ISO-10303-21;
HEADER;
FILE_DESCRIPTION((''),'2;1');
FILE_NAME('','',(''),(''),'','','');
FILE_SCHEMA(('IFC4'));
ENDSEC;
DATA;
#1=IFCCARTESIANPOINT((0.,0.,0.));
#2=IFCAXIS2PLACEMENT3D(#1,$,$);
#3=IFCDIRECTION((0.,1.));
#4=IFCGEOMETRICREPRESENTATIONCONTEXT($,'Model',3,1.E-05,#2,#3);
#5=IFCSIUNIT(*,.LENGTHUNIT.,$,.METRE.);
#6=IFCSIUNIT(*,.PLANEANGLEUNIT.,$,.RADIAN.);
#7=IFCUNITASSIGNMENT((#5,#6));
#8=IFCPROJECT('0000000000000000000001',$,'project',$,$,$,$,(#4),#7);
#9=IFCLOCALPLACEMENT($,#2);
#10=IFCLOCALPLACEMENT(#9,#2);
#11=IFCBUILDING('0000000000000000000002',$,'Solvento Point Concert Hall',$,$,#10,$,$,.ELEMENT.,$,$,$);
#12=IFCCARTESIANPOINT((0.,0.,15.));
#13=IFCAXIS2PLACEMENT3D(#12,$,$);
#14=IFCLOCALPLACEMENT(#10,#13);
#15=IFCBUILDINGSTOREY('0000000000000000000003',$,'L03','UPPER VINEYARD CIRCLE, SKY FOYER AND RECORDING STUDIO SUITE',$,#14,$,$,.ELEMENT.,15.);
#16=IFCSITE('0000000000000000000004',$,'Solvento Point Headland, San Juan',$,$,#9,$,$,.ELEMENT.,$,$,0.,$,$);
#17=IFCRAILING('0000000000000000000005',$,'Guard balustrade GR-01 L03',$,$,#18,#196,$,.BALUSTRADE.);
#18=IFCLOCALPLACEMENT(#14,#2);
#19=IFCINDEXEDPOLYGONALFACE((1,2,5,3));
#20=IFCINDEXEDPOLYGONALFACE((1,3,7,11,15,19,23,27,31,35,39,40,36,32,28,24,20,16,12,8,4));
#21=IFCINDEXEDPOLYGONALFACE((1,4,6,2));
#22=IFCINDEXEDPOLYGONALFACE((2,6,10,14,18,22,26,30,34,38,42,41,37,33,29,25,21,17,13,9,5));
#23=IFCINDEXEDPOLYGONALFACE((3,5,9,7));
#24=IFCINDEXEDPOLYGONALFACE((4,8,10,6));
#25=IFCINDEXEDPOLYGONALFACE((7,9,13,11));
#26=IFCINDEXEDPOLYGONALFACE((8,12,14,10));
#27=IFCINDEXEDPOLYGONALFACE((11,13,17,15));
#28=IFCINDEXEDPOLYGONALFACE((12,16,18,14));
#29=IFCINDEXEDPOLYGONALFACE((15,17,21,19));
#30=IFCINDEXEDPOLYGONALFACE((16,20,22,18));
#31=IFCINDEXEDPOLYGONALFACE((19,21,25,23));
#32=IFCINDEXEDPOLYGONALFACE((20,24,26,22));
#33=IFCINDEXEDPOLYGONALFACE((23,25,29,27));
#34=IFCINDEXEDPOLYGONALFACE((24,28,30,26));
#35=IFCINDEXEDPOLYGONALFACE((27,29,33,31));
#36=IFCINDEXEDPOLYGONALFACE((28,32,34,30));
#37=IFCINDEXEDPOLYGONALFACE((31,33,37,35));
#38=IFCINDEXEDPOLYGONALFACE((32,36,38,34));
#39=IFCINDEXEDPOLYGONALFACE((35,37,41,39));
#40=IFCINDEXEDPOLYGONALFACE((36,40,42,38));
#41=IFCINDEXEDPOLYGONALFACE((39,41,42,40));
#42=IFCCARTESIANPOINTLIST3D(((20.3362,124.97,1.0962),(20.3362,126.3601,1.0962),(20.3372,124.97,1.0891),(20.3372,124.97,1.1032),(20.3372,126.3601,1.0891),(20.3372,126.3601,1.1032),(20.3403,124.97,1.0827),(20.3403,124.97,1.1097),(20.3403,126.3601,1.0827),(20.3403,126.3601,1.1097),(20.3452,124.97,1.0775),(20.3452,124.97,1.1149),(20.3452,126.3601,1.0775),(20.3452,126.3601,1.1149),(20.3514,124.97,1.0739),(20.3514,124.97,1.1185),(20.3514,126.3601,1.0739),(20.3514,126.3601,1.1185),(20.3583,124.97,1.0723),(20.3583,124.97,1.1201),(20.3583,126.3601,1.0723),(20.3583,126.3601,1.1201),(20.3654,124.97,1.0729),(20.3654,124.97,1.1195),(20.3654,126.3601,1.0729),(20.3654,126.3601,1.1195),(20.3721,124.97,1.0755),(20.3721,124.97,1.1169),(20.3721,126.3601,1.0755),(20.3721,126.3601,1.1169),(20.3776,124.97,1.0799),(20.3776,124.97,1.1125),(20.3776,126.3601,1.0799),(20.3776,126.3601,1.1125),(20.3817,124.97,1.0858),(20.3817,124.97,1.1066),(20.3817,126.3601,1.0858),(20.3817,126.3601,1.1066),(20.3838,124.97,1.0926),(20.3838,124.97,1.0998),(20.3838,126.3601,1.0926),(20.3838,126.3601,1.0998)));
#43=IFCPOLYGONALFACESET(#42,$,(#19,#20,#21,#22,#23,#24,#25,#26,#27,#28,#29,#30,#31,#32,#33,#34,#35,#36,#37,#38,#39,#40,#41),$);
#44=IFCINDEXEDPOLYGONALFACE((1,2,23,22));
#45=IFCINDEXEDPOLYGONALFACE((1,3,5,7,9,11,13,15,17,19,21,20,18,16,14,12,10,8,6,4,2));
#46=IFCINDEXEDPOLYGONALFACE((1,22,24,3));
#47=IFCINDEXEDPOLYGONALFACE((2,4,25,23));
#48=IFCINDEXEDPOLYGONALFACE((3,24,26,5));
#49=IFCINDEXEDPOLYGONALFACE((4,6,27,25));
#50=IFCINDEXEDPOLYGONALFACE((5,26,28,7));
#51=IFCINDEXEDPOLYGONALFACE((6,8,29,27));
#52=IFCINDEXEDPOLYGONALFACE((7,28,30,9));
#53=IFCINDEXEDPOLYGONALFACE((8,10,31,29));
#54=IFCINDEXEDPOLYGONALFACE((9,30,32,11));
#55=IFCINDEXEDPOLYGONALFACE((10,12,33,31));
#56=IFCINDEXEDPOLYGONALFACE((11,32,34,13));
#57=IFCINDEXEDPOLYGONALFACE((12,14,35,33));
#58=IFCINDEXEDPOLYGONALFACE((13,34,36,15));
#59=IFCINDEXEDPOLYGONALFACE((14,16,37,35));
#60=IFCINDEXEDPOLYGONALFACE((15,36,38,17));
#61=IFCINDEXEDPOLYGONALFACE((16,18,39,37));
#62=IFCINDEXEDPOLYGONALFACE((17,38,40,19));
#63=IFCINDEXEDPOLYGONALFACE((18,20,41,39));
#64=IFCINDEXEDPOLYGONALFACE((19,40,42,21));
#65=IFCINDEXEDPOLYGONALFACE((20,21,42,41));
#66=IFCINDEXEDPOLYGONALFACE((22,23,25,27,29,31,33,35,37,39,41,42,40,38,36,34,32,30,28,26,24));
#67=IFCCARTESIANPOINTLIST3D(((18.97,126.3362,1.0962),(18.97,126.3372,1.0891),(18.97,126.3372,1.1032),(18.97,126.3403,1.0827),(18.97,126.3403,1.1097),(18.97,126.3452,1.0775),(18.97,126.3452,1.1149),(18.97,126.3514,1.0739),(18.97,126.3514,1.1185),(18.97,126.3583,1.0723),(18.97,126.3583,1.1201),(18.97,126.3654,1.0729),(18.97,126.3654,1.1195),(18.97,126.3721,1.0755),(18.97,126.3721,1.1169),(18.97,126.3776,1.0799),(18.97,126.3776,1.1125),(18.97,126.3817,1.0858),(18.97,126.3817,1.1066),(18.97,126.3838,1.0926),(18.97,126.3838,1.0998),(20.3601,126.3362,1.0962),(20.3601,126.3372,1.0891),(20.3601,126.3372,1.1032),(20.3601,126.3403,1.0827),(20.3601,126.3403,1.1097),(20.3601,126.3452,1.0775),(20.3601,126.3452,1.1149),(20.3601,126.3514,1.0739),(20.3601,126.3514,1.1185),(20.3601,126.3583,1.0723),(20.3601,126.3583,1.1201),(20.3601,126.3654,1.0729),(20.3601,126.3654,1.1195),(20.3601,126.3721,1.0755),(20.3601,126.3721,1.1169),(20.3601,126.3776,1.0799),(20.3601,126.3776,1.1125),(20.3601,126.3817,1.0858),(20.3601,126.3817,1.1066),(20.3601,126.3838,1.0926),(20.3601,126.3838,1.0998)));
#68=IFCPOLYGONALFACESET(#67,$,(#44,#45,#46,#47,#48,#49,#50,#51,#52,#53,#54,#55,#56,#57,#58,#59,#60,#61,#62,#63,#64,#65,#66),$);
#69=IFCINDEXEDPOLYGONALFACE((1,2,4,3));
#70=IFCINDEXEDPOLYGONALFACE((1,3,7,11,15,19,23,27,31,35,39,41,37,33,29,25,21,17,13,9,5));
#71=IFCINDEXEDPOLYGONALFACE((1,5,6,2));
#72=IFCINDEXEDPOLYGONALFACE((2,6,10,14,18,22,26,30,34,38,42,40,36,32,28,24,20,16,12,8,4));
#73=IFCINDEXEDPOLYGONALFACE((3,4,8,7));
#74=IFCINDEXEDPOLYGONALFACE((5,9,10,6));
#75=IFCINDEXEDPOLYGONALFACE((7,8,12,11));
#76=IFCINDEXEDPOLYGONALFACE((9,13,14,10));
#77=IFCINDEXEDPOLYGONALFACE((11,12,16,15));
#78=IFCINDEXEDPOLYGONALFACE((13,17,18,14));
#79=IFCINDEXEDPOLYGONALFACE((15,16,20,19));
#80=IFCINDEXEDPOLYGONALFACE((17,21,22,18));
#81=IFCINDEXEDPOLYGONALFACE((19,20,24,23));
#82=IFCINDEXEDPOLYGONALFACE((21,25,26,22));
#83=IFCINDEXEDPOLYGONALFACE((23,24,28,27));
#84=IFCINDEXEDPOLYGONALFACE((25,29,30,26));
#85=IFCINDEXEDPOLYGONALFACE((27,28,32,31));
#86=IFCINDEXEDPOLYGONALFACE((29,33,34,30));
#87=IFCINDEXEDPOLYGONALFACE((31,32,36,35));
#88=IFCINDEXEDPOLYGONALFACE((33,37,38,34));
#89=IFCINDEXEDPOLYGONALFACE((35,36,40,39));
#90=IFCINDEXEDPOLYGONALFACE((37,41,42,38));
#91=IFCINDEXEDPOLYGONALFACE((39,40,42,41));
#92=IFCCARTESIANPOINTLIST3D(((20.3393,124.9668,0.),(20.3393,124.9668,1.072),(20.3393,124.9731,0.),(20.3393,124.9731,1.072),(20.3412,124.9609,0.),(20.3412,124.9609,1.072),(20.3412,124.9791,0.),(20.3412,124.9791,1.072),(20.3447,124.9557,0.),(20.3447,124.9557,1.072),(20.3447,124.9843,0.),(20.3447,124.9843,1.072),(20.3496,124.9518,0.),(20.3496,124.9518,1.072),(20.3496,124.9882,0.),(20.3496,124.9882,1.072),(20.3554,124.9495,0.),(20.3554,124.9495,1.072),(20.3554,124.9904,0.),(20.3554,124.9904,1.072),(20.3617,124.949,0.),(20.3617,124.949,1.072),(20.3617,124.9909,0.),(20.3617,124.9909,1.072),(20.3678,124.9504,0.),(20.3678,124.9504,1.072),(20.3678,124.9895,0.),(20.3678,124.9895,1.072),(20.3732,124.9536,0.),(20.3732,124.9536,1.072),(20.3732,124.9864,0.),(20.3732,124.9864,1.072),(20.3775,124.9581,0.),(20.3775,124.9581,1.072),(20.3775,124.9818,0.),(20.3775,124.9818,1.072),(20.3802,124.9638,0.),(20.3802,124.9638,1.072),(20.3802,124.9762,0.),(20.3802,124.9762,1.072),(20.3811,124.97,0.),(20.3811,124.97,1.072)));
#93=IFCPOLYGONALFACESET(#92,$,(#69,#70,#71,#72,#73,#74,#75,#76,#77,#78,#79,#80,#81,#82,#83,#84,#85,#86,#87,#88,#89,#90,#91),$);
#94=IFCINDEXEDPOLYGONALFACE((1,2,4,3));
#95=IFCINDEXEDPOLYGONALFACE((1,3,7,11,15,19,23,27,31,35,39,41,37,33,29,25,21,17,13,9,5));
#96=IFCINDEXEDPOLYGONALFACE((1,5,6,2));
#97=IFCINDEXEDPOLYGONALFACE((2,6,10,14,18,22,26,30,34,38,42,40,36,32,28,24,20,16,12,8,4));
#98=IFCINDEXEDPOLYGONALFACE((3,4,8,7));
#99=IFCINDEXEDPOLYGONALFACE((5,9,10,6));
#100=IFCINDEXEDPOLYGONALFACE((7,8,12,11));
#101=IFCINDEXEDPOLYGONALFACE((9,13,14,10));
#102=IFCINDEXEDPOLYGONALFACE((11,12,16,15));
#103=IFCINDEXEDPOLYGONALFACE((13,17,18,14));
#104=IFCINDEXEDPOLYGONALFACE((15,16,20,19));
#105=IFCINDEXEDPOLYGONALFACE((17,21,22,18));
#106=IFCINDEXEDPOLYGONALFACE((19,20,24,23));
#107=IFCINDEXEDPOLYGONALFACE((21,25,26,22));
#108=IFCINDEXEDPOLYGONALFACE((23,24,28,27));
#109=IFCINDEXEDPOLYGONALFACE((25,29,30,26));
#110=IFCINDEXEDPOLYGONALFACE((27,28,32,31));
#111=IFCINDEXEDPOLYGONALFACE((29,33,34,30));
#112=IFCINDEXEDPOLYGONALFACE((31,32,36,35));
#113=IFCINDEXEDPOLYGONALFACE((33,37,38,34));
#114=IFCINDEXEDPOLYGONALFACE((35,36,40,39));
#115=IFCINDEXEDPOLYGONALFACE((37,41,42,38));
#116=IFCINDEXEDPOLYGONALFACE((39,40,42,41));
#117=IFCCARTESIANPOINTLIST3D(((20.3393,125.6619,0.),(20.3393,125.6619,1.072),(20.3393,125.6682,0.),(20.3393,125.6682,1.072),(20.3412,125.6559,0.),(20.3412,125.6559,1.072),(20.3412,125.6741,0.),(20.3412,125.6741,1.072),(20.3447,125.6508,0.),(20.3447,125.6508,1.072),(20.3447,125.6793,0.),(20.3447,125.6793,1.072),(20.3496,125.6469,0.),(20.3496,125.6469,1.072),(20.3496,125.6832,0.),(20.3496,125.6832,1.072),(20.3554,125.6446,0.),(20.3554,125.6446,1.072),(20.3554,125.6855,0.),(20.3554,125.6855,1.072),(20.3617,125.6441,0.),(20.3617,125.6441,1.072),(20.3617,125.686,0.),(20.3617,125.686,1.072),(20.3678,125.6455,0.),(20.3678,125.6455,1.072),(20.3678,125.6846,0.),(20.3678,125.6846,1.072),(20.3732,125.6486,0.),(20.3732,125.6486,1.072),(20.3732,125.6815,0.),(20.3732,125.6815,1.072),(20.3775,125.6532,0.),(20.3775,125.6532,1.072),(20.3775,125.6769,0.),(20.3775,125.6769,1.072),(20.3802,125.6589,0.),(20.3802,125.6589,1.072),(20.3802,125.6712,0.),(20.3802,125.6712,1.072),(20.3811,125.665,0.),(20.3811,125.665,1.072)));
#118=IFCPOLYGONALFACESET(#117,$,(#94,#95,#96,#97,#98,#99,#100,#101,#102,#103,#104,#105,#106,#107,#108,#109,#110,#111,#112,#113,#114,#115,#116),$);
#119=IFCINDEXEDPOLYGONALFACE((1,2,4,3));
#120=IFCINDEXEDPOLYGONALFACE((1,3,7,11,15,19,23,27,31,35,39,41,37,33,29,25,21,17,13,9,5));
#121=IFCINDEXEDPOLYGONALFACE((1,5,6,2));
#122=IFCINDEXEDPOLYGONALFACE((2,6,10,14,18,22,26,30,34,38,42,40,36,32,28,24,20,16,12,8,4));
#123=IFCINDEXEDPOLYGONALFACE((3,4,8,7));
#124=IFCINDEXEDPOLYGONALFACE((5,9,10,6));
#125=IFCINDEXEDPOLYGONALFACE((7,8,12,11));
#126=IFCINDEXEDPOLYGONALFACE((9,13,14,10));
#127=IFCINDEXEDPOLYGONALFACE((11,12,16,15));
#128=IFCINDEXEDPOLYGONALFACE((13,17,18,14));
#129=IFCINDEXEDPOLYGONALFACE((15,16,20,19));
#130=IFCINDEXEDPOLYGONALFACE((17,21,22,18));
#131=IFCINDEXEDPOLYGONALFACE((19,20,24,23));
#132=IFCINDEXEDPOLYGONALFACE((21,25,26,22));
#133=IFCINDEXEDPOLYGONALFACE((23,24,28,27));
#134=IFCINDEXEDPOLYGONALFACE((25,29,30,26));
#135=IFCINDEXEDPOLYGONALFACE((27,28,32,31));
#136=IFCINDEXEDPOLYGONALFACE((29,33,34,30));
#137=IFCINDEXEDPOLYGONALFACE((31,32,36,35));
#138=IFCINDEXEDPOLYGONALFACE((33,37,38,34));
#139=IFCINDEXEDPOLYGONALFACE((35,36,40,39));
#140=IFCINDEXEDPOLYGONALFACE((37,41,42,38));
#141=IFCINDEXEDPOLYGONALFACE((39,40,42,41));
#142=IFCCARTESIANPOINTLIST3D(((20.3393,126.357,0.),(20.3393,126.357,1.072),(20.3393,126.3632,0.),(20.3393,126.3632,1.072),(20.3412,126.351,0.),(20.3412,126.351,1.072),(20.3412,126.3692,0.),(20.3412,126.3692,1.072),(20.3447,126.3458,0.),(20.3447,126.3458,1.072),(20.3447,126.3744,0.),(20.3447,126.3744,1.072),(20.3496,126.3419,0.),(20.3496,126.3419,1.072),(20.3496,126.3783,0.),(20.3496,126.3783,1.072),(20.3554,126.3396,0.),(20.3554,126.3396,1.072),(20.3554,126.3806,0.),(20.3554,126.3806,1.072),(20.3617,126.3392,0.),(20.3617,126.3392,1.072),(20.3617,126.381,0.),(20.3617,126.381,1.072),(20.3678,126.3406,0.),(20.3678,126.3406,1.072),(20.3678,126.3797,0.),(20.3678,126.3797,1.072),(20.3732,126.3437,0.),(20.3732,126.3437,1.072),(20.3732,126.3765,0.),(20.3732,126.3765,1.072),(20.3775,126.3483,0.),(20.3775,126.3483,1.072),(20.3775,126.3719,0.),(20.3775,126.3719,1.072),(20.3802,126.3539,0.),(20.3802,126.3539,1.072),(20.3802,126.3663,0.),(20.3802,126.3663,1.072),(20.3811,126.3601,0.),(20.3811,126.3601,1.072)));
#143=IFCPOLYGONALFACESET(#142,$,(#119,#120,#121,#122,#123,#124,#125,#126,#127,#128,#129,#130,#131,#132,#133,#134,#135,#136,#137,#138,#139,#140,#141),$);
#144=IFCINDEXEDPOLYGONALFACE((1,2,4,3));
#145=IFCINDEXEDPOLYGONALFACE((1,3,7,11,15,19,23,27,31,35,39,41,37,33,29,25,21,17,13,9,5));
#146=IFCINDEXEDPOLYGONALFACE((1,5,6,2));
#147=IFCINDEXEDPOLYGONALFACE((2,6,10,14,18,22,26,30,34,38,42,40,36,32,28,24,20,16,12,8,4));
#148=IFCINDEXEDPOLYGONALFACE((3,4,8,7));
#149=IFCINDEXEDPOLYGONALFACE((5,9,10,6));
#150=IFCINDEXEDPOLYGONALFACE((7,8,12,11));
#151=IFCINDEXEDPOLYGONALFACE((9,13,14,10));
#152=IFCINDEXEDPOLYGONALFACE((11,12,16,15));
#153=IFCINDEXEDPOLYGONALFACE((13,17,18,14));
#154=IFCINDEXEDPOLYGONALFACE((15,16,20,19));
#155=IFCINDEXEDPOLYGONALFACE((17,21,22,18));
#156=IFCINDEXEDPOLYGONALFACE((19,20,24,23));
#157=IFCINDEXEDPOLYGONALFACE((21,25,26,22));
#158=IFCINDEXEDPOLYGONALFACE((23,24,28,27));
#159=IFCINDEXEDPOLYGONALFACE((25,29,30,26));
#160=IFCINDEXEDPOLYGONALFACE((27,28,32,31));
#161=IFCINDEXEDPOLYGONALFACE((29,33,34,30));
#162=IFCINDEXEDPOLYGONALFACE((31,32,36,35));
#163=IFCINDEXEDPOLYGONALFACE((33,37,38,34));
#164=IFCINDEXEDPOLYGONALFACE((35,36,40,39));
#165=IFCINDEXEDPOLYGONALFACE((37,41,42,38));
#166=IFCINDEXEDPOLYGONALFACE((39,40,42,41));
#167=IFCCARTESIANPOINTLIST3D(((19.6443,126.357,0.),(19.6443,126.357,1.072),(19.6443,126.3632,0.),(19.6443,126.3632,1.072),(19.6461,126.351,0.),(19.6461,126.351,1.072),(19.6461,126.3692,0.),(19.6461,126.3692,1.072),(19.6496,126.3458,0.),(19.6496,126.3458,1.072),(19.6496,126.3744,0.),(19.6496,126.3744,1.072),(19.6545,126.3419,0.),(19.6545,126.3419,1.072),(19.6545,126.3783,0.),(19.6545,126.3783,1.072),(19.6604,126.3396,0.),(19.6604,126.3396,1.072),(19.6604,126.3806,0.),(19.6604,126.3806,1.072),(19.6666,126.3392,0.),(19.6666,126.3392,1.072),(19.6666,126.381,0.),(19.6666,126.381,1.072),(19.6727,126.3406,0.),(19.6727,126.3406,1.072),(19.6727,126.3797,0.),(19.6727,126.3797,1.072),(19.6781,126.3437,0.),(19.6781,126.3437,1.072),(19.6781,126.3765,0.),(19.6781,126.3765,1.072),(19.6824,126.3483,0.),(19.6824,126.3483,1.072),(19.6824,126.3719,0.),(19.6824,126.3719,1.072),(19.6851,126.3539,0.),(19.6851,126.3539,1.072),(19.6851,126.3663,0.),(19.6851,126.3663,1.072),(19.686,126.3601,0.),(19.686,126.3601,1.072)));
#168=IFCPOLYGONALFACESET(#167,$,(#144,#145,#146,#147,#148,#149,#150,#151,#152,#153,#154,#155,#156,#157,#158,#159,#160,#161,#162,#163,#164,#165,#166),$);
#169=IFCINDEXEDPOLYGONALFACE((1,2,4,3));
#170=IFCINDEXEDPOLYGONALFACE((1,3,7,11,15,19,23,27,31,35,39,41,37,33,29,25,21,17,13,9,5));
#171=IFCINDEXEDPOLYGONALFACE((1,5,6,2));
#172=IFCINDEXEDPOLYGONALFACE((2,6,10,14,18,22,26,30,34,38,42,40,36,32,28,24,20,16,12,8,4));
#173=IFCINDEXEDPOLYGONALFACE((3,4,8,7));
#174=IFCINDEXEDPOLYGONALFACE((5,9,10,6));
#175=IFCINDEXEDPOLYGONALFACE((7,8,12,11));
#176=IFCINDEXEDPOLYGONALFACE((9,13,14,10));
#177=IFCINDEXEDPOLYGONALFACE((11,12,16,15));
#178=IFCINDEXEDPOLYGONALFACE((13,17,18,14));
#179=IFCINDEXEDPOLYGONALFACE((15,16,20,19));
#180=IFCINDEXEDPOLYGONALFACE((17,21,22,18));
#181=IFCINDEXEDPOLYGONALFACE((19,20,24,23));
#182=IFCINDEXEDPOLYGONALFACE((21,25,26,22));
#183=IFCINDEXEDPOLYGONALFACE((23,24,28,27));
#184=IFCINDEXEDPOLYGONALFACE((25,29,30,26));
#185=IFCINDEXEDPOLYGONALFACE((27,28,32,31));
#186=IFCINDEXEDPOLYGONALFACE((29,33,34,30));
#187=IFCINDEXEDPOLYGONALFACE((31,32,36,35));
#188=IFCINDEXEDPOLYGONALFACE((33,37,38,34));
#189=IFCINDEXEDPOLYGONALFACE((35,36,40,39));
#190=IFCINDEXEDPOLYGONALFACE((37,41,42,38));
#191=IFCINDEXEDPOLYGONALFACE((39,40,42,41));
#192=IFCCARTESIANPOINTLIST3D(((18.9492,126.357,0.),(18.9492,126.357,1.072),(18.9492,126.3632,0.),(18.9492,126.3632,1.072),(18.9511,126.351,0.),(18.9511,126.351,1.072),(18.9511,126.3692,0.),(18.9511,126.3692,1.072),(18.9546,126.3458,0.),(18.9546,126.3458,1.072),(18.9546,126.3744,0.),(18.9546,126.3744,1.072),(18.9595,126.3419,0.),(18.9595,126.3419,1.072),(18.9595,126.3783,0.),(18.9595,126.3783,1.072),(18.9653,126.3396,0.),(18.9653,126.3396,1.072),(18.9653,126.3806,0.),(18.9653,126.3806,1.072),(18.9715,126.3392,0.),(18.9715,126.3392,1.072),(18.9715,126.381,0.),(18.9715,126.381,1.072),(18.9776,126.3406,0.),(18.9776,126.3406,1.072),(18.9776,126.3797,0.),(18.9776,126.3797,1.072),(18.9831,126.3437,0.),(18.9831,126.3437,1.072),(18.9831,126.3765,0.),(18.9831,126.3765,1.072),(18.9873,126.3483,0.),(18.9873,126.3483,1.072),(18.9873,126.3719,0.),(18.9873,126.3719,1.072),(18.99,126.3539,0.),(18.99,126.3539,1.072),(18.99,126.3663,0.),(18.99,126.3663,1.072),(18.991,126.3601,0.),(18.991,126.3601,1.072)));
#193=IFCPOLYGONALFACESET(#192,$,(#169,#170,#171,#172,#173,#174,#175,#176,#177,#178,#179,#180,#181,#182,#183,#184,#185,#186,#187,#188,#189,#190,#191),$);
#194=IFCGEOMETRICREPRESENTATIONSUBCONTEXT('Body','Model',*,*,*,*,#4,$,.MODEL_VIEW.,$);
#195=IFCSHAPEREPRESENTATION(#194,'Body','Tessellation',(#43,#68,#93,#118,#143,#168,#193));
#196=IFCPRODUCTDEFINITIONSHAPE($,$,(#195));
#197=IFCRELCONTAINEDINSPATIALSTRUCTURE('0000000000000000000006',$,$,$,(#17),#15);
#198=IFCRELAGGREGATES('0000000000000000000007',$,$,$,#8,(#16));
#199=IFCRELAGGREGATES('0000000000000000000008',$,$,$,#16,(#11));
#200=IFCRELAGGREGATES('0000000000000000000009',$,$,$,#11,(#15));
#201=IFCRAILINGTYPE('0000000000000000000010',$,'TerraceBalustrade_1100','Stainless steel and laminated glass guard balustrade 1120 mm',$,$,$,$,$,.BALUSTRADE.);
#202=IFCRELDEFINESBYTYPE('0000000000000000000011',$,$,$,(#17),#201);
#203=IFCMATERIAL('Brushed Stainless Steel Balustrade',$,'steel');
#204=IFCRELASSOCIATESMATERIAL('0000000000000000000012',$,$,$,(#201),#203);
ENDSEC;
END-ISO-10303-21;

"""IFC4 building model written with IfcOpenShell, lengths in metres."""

from ifc_helpers import new_model, si_unit, direction, frame, origin, origin_2d, place, context, subcontext, project, spatial, circle, extrude, material, type_object, element, save


model = new_model("IFC4")

# Units and contexts
model_context = context("Model", 3, precision=1e-05, world=origin(), true_north=direction((0.0, 1.0)))
body_context = subcontext(model_context, "Body", "Model", "MODEL_VIEW")
ifc_project = project(units=[si_unit("LENGTHUNIT", "METRE"), si_unit("PLANEANGLEUNIT", "RADIAN")], contexts=[model_context])

# Site, building, storey
site_placement = place(None, origin())
site = spatial("IfcSite", under=ifc_project, at=site_placement, Name="Solvento Point Headland, San Juan", CompositionType="ELEMENT", RefElevation=0.0)
building_placement = place(site_placement, origin())
building = spatial("IfcBuilding", under=site, at=building_placement, Name="Solvento Point Concert Hall", CompositionType="ELEMENT")
storey_placement = place(building_placement, frame((0.0, 0.0, 15.0)))
storey = spatial("IfcBuildingStorey", under=building, at=storey_placement, Name="L03", Description="UPPER VINEYARD CIRCLE, SKY FOYER AND RECORDING STUDIO SUITE", CompositionType="ELEMENT", Elevation=15.0)

# Railing
ifc_material_1 = material(Name="Brushed Stainless Steel Balustrade", Category="steel")
railing_type = type_object("IfcRailingType", Name="TerraceBalustrade_1100", Description="Stainless steel and laminated glass guard balustrade 1120 mm", PredefinedType="BALUSTRADE", material=ifc_material_1)
railing_1_placement = place(storey_placement, frame((20.3601, 124.97, 0.0)))
element("IfcRailing", 1, at=railing_1_placement, inside=storey, type_object=railing_type, Name="Guard balustrade GR-01 L03", PredefinedType="BALUSTRADE", context=body_context, shape_type="SweptSolid", body=[
    extrude(circle(Radius=0.0239, at=origin_2d()), frame((0.0, 0.0, 1.0962), z_axis=(0.0, 1.0, 0.0), x_axis=(-1.0, 0.0, 0.0)), (0.0, 0.0, 1.0), 1.3901),
    extrude(circle(Radius=0.0239, at=origin_2d()), frame((0.0, 1.3901, 1.0962), z_axis=(-1.0, 0.0, 0.0), x_axis=(0.0, -1.0, 0.0)), (0.0, 0.0, 1.0), 1.3901),
    extrude(circle(Radius=0.021, at=origin_2d()), origin(), (0.0, 0.0, 1.0), 1.072),
    extrude(circle(Radius=0.021, at=origin_2d()), frame((0.0, 0.6951, 0.0)), (0.0, 0.0, 1.0), 1.072),
    extrude(circle(Radius=0.021, at=origin_2d()), frame((0.0, 1.3901, 0.0)), (0.0, 0.0, 1.0), 1.072),
    extrude(circle(Radius=0.021, at=origin_2d()), frame((-0.6951, 1.3901, 0.0)), (0.0, 0.0, 1.0), 1.072),
    extrude(circle(Radius=0.021, at=origin_2d()), frame((-1.3901, 1.3901, 0.0)), (0.0, 0.0, 1.0), 1.072),
])

save(model, "model.ifc")
